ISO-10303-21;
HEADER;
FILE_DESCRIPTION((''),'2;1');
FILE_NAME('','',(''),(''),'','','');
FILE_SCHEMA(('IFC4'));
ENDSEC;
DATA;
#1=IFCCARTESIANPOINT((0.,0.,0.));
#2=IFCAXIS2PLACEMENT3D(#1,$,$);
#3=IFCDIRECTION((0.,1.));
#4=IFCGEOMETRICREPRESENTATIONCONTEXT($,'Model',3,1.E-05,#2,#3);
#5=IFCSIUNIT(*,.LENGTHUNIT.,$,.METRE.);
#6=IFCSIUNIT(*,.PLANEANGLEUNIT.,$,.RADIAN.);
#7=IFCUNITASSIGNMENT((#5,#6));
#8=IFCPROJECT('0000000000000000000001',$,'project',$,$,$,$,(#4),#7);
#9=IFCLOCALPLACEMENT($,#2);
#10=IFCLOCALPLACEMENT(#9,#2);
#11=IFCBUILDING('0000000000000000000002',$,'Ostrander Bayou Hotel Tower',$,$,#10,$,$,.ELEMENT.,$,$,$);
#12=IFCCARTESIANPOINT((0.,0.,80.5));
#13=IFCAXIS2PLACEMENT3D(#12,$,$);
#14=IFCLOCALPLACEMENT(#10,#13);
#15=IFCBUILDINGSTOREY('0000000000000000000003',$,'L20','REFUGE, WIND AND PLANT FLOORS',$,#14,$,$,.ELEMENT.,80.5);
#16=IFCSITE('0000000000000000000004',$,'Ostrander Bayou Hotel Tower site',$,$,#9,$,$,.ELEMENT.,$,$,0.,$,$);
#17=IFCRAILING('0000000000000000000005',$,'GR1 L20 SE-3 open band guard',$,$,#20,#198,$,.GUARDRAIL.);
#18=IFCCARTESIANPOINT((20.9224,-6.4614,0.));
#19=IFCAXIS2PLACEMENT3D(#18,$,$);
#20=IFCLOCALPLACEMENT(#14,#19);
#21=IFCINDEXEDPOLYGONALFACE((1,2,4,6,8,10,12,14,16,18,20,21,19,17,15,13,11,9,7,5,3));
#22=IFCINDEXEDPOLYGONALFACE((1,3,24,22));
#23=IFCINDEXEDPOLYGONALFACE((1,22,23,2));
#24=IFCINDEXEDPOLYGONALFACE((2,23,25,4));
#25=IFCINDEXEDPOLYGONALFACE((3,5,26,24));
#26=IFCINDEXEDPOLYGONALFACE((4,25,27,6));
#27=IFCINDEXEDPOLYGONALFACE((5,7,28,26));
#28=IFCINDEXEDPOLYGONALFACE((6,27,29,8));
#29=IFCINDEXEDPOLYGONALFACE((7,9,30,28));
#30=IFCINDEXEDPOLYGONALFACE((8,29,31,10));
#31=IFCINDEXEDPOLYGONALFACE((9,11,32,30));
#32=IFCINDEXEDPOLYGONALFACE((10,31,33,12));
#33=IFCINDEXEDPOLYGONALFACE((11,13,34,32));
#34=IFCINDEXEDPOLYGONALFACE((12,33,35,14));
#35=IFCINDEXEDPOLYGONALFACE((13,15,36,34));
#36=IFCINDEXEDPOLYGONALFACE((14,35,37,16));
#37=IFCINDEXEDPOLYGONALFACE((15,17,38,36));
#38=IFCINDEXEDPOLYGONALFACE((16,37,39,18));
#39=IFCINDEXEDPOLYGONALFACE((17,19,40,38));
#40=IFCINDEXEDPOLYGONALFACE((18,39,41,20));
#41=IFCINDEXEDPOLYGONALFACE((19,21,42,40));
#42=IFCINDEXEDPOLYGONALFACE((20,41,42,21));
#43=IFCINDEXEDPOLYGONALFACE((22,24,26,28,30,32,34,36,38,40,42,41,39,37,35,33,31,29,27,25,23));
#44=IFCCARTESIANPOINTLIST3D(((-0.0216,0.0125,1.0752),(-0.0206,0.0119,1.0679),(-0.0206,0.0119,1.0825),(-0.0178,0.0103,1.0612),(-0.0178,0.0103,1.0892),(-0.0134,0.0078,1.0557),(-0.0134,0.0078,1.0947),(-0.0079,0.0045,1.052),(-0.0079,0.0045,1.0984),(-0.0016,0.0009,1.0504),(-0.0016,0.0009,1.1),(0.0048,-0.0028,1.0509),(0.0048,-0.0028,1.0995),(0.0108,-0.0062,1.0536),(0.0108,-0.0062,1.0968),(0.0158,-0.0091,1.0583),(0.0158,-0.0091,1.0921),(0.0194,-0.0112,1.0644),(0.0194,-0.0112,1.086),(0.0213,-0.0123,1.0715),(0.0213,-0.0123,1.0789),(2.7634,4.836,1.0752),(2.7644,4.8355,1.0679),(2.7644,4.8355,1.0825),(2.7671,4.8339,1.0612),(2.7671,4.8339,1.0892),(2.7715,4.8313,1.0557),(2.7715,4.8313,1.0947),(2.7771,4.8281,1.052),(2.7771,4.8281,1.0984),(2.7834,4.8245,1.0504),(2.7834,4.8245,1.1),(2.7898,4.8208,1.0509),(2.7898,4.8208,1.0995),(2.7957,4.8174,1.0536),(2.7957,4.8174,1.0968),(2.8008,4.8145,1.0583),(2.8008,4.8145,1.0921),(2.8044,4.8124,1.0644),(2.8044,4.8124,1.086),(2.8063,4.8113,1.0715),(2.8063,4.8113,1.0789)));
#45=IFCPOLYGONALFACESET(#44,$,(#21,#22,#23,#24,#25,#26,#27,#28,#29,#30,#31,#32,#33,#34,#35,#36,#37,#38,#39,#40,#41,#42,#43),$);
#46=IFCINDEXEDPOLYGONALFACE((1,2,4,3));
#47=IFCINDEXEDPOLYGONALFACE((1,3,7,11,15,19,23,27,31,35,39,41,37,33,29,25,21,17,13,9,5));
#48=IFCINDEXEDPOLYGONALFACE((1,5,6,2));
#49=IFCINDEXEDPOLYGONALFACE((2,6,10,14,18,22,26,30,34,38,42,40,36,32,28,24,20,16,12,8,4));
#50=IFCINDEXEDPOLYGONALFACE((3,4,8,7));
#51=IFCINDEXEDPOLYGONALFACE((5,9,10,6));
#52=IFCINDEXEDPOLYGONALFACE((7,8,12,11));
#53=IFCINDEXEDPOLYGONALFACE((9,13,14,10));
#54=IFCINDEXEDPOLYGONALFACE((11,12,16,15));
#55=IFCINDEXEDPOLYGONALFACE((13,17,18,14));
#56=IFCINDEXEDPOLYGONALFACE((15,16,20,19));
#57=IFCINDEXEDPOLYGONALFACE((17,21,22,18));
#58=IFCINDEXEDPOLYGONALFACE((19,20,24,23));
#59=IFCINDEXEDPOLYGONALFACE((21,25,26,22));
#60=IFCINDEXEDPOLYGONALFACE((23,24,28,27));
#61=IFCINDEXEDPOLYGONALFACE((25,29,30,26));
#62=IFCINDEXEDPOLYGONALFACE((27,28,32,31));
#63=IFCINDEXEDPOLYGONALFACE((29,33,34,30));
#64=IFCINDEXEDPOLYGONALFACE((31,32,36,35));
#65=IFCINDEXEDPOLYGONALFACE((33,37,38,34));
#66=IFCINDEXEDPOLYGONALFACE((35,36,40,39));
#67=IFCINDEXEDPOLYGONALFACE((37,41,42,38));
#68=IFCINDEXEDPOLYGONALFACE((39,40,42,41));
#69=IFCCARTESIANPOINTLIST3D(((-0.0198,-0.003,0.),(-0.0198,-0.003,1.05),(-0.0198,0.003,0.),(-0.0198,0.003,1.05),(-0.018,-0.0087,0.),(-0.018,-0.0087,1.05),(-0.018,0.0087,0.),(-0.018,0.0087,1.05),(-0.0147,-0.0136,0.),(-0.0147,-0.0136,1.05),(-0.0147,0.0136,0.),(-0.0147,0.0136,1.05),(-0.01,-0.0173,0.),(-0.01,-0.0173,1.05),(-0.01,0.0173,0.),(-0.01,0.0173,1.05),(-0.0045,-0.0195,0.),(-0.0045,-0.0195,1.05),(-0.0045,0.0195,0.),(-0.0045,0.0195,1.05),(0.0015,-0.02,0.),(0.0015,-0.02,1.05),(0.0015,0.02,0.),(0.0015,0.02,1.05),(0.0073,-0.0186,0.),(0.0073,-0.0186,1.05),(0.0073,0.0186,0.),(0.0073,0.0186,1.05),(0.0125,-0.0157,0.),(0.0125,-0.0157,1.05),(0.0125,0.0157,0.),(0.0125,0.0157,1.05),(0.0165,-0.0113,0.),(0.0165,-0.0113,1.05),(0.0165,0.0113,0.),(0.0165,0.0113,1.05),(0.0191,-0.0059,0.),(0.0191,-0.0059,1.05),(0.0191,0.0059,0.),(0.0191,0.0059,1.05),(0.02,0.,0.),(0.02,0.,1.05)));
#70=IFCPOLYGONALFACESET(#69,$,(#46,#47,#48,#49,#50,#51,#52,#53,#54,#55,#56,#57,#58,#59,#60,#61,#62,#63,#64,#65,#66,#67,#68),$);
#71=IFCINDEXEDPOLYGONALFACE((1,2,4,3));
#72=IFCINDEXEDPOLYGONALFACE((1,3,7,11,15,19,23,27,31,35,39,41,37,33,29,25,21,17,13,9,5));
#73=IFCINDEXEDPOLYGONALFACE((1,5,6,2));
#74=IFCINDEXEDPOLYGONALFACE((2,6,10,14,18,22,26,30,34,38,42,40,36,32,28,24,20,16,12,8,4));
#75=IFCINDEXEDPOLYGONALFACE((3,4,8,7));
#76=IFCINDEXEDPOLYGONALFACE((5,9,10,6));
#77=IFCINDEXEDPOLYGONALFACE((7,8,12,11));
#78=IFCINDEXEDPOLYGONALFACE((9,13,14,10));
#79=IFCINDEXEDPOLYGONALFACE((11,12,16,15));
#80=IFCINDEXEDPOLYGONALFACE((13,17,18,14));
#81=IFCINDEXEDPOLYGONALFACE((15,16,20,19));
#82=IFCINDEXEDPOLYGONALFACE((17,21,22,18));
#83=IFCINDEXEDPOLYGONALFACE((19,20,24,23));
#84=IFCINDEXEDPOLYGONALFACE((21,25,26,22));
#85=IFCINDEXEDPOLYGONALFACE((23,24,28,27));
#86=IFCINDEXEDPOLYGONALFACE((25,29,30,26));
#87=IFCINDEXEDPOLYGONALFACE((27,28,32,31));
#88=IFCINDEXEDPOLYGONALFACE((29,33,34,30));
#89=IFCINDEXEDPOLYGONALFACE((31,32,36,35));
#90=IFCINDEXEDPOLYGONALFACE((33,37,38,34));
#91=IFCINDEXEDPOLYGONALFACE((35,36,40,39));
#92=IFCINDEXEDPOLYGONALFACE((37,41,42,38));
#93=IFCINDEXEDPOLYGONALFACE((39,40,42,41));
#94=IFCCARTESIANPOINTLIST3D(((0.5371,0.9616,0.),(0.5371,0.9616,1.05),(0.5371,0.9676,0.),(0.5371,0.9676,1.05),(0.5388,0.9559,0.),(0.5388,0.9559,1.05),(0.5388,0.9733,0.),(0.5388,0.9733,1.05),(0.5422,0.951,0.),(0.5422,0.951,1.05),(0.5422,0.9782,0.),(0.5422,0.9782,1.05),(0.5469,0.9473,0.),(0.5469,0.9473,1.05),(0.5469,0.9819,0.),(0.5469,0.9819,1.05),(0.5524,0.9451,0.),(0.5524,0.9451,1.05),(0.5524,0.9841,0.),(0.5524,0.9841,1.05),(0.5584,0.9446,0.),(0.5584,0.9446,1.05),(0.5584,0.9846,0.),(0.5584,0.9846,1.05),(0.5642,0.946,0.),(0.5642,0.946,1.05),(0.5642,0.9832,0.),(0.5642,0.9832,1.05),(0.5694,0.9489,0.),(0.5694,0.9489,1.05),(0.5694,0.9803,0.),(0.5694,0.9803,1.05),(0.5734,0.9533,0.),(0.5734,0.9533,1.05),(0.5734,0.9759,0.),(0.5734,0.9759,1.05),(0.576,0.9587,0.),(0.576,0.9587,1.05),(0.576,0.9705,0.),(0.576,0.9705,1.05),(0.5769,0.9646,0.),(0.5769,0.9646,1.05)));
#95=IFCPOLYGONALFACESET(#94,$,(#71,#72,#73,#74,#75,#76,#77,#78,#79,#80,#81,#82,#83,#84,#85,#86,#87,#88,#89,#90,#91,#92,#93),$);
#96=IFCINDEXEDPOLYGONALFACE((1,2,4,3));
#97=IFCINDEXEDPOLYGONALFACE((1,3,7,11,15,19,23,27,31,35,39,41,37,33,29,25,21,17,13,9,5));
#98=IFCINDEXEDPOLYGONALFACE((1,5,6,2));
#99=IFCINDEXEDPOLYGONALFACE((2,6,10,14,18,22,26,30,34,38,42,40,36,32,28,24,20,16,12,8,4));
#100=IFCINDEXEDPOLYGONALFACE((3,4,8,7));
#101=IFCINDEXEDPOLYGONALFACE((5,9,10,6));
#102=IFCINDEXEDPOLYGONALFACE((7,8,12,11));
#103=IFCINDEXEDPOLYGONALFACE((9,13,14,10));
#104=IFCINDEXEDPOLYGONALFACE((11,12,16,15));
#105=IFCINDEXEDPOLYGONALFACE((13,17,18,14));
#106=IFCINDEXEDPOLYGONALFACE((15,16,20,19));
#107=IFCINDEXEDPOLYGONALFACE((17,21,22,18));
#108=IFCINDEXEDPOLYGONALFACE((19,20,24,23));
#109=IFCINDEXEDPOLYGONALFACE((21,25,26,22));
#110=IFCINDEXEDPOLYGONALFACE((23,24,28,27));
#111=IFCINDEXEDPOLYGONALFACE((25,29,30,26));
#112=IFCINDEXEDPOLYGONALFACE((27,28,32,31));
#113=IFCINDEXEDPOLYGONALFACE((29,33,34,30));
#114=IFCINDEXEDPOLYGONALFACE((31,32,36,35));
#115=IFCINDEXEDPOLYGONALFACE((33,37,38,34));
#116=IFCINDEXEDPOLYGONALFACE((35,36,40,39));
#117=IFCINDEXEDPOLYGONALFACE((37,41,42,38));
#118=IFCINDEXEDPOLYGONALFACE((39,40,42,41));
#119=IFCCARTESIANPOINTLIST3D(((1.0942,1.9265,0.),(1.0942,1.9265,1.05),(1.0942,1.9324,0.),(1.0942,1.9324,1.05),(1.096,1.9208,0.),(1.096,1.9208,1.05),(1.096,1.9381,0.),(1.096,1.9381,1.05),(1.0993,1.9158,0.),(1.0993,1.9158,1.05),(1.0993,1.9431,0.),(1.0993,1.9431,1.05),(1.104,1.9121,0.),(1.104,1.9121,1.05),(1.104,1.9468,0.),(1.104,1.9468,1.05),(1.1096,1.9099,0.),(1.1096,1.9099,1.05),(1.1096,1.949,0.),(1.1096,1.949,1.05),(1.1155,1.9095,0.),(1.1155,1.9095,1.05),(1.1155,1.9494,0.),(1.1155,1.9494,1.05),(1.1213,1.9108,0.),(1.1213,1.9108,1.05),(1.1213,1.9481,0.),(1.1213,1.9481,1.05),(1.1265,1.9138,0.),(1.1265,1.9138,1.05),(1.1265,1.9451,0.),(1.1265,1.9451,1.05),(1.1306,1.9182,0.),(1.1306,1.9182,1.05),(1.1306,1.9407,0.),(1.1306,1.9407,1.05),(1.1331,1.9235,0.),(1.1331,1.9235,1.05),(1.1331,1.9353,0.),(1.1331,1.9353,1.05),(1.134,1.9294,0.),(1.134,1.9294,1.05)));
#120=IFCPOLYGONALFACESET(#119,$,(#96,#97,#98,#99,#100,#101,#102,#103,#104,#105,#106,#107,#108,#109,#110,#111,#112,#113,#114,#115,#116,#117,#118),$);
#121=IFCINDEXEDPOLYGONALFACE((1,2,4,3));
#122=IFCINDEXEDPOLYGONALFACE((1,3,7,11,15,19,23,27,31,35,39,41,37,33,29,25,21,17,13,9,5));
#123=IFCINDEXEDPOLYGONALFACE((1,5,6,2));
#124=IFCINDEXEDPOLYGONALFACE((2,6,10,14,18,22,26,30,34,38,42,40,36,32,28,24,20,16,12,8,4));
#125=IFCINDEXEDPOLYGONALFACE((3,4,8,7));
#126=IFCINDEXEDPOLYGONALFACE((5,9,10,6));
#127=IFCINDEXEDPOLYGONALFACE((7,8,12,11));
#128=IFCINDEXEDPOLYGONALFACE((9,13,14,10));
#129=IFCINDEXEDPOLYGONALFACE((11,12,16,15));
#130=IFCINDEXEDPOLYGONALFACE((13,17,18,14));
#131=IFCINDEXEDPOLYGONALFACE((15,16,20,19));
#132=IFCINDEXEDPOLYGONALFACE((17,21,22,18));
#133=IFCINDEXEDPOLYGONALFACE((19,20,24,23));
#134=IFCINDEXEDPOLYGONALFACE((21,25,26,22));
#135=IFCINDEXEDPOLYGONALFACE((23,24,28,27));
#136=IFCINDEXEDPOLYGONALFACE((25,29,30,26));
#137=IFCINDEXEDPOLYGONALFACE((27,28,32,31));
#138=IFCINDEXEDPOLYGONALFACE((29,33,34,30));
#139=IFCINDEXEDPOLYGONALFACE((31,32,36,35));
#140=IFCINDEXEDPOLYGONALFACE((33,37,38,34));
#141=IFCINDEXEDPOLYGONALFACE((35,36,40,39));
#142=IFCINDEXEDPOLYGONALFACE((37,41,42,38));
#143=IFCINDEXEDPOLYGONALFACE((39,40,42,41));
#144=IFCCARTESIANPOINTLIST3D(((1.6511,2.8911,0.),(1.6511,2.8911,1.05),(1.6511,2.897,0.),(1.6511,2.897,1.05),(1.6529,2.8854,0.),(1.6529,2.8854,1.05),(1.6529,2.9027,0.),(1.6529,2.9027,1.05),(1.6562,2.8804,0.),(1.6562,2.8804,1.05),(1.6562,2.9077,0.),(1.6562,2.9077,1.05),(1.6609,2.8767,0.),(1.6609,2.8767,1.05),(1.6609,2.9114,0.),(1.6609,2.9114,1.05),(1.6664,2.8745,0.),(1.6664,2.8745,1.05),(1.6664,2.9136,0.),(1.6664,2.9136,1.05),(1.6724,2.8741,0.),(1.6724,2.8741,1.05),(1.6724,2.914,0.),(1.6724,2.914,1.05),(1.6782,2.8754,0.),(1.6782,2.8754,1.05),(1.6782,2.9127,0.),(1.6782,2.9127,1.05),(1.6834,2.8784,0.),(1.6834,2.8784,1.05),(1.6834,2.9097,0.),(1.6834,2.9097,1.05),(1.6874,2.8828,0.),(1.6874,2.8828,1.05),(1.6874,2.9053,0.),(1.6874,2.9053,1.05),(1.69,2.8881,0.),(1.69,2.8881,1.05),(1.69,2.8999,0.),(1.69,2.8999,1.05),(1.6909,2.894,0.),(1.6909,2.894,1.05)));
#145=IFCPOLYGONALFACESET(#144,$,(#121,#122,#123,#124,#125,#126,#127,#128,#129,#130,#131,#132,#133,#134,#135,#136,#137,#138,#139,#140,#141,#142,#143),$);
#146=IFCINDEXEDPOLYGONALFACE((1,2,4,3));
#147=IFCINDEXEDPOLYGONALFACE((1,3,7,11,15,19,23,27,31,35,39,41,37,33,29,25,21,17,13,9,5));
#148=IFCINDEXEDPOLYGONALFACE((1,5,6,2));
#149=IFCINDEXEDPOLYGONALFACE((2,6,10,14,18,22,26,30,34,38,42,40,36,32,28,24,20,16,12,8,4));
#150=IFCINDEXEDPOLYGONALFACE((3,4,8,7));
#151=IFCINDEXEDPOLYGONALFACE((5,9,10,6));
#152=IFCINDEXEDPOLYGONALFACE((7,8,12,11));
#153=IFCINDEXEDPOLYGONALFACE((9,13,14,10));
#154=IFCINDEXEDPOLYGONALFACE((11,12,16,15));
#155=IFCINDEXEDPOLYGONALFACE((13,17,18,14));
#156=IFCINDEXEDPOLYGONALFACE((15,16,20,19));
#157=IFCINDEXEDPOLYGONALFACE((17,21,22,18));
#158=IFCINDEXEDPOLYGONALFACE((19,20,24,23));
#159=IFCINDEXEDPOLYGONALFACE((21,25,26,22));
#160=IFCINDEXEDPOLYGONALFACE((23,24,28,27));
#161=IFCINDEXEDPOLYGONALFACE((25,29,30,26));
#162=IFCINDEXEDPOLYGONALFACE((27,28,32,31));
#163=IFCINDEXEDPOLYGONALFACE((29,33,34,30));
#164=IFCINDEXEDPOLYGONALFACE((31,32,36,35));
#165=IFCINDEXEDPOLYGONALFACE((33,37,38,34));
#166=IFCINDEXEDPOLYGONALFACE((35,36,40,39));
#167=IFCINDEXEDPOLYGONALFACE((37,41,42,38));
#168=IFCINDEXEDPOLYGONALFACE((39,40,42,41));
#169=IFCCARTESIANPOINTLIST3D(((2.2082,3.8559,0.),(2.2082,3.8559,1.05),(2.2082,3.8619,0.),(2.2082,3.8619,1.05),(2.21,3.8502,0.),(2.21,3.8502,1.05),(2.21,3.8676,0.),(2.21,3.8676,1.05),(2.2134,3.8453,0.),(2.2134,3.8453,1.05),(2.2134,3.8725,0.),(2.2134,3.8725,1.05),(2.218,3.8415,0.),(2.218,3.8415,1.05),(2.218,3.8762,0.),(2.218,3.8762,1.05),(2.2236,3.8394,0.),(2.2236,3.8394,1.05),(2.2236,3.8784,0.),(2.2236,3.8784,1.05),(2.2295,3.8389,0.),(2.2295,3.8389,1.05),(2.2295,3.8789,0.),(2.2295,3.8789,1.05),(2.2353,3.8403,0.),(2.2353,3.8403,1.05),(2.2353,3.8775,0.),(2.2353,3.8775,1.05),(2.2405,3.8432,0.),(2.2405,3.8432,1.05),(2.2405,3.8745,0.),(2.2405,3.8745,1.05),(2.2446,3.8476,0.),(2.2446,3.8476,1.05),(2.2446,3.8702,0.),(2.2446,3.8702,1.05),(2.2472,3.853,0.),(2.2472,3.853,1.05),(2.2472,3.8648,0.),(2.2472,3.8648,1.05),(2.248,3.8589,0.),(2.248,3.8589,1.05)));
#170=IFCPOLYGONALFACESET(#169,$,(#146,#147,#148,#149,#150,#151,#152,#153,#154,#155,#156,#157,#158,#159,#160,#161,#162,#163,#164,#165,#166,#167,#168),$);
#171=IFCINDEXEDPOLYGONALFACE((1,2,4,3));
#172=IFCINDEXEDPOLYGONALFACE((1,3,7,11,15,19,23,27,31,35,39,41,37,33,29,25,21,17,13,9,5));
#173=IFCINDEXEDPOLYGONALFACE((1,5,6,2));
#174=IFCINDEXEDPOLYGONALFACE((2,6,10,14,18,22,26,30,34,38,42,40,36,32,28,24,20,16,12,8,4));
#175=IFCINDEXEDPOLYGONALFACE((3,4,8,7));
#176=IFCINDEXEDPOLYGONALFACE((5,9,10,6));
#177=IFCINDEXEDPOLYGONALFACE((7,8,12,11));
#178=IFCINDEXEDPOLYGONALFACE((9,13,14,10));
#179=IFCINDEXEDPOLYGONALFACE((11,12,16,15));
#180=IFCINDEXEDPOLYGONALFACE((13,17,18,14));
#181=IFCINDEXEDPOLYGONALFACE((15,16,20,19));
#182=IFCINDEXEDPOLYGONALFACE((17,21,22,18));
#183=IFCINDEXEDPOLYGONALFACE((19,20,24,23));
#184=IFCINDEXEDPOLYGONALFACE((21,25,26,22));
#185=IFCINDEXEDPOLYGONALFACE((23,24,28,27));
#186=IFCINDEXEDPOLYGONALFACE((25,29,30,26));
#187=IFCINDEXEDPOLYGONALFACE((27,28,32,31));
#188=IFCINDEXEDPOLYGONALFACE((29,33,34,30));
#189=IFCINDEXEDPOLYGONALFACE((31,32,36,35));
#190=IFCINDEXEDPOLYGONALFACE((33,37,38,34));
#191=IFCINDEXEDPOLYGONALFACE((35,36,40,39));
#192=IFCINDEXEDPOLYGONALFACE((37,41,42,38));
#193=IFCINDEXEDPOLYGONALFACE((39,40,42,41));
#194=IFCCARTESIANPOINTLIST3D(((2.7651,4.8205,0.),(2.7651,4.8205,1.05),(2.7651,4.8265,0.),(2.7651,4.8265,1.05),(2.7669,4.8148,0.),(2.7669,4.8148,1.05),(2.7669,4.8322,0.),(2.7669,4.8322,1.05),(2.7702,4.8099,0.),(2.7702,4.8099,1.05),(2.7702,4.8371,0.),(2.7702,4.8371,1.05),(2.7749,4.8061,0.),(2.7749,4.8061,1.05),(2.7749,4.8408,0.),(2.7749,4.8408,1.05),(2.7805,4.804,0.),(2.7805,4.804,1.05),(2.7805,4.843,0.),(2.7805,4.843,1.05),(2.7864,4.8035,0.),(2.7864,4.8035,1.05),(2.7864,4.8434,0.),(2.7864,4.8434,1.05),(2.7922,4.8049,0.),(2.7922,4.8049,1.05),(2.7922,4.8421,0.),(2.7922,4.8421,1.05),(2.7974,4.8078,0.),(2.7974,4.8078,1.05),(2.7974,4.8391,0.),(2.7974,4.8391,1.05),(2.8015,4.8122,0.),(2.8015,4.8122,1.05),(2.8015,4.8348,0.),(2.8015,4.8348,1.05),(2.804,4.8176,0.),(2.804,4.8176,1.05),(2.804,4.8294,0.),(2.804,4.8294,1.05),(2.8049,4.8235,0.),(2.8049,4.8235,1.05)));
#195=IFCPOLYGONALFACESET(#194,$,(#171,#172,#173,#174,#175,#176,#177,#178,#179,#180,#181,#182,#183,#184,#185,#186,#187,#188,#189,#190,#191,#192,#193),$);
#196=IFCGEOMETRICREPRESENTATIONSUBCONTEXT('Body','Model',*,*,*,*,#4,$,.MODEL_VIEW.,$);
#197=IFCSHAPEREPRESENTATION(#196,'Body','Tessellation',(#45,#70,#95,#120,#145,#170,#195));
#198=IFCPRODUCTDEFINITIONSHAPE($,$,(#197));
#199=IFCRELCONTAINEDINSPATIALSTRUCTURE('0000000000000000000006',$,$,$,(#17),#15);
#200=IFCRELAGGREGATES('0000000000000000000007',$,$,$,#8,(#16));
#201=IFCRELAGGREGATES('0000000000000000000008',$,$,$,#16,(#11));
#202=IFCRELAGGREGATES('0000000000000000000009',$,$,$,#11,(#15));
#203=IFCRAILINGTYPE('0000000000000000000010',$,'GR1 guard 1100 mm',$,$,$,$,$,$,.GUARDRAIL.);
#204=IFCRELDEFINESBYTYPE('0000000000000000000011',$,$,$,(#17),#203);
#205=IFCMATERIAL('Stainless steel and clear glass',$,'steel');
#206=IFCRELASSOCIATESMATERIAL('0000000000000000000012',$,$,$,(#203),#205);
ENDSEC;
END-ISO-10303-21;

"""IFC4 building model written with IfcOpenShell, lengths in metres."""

from ifc_helpers import new_model, si_unit, direction, frame, origin, origin_2d, place, context, subcontext, project, spatial, circle, extrude, material, type_object, element, save


model = new_model("IFC4")

# Units and contexts
model_context = context("Model", 3, precision=1e-05, world=origin(), true_north=direction((0.0, 1.0)))
body_context = subcontext(model_context, "Body", "Model", "MODEL_VIEW")
ifc_project = project(units=[si_unit("LENGTHUNIT", "METRE"), si_unit("PLANEANGLEUNIT", "RADIAN")], contexts=[model_context])

# Site, building, storey
site_placement = place(None, origin())
site = spatial("IfcSite", under=ifc_project, at=site_placement, Name="Ostrander Bayou Hotel Tower site", CompositionType="ELEMENT", RefElevation=0.0)
building_placement = place(site_placement, origin())
building = spatial("IfcBuilding", under=site, at=building_placement, Name="Ostrander Bayou Hotel Tower", CompositionType="ELEMENT")
storey_placement = place(building_placement, frame((0.0, 0.0, 80.5)))
storey = spatial("IfcBuildingStorey", under=building, at=storey_placement, Name="L20", Description="REFUGE, WIND AND PLANT FLOORS", CompositionType="ELEMENT", Elevation=80.5)

# Railing
ifc_material_1 = material(Name="Stainless steel and clear glass", Category="steel")
railing_type = type_object("IfcRailingType", Name="GR1 guard 1100 mm", PredefinedType="GUARDRAIL", material=ifc_material_1)
railing_1_placement = place(storey_placement, frame((20.9224, -6.4614, 0.0)))
element("IfcRailing", 1, at=railing_1_placement, inside=storey, type_object=railing_type, Name="GR1 L20 SE-3 open band guard", PredefinedType="GUARDRAIL", context=body_context, shape_type="SweptSolid", body=[
    extrude(circle(Radius=0.0249, at=origin_2d()), frame((0.0, 0.0, 1.0752), z_axis=(0.50001, 0.86602, 0.0), x_axis=(-0.86602, 0.50001, 0.0)), (0.0, 0.0, 1.0), 5.5698),
    extrude(circle(Radius=0.02, at=origin_2d()), origin(), (0.0, 0.0, 1.0), 1.05),
    extrude(circle(Radius=0.02, at=origin_2d()), frame((0.5569, 0.9646, 0.0)), (0.0, 0.0, 1.0), 1.05),
    extrude(circle(Radius=0.02, at=origin_2d()), frame((1.114, 1.9294, 0.0)), (0.0, 0.0, 1.0), 1.05),
    extrude(circle(Radius=0.02, at=origin_2d()), frame((1.6709, 2.894, 0.0)), (0.0, 0.0, 1.0), 1.05),
    extrude(circle(Radius=0.02, at=origin_2d()), frame((2.228, 3.8589, 0.0)), (0.0, 0.0, 1.0), 1.05),
    extrude(circle(Radius=0.02, at=origin_2d()), frame((2.7849, 4.8235, 0.0)), (0.0, 0.0, 1.0), 1.05),
])

save(model, "model.ifc")
